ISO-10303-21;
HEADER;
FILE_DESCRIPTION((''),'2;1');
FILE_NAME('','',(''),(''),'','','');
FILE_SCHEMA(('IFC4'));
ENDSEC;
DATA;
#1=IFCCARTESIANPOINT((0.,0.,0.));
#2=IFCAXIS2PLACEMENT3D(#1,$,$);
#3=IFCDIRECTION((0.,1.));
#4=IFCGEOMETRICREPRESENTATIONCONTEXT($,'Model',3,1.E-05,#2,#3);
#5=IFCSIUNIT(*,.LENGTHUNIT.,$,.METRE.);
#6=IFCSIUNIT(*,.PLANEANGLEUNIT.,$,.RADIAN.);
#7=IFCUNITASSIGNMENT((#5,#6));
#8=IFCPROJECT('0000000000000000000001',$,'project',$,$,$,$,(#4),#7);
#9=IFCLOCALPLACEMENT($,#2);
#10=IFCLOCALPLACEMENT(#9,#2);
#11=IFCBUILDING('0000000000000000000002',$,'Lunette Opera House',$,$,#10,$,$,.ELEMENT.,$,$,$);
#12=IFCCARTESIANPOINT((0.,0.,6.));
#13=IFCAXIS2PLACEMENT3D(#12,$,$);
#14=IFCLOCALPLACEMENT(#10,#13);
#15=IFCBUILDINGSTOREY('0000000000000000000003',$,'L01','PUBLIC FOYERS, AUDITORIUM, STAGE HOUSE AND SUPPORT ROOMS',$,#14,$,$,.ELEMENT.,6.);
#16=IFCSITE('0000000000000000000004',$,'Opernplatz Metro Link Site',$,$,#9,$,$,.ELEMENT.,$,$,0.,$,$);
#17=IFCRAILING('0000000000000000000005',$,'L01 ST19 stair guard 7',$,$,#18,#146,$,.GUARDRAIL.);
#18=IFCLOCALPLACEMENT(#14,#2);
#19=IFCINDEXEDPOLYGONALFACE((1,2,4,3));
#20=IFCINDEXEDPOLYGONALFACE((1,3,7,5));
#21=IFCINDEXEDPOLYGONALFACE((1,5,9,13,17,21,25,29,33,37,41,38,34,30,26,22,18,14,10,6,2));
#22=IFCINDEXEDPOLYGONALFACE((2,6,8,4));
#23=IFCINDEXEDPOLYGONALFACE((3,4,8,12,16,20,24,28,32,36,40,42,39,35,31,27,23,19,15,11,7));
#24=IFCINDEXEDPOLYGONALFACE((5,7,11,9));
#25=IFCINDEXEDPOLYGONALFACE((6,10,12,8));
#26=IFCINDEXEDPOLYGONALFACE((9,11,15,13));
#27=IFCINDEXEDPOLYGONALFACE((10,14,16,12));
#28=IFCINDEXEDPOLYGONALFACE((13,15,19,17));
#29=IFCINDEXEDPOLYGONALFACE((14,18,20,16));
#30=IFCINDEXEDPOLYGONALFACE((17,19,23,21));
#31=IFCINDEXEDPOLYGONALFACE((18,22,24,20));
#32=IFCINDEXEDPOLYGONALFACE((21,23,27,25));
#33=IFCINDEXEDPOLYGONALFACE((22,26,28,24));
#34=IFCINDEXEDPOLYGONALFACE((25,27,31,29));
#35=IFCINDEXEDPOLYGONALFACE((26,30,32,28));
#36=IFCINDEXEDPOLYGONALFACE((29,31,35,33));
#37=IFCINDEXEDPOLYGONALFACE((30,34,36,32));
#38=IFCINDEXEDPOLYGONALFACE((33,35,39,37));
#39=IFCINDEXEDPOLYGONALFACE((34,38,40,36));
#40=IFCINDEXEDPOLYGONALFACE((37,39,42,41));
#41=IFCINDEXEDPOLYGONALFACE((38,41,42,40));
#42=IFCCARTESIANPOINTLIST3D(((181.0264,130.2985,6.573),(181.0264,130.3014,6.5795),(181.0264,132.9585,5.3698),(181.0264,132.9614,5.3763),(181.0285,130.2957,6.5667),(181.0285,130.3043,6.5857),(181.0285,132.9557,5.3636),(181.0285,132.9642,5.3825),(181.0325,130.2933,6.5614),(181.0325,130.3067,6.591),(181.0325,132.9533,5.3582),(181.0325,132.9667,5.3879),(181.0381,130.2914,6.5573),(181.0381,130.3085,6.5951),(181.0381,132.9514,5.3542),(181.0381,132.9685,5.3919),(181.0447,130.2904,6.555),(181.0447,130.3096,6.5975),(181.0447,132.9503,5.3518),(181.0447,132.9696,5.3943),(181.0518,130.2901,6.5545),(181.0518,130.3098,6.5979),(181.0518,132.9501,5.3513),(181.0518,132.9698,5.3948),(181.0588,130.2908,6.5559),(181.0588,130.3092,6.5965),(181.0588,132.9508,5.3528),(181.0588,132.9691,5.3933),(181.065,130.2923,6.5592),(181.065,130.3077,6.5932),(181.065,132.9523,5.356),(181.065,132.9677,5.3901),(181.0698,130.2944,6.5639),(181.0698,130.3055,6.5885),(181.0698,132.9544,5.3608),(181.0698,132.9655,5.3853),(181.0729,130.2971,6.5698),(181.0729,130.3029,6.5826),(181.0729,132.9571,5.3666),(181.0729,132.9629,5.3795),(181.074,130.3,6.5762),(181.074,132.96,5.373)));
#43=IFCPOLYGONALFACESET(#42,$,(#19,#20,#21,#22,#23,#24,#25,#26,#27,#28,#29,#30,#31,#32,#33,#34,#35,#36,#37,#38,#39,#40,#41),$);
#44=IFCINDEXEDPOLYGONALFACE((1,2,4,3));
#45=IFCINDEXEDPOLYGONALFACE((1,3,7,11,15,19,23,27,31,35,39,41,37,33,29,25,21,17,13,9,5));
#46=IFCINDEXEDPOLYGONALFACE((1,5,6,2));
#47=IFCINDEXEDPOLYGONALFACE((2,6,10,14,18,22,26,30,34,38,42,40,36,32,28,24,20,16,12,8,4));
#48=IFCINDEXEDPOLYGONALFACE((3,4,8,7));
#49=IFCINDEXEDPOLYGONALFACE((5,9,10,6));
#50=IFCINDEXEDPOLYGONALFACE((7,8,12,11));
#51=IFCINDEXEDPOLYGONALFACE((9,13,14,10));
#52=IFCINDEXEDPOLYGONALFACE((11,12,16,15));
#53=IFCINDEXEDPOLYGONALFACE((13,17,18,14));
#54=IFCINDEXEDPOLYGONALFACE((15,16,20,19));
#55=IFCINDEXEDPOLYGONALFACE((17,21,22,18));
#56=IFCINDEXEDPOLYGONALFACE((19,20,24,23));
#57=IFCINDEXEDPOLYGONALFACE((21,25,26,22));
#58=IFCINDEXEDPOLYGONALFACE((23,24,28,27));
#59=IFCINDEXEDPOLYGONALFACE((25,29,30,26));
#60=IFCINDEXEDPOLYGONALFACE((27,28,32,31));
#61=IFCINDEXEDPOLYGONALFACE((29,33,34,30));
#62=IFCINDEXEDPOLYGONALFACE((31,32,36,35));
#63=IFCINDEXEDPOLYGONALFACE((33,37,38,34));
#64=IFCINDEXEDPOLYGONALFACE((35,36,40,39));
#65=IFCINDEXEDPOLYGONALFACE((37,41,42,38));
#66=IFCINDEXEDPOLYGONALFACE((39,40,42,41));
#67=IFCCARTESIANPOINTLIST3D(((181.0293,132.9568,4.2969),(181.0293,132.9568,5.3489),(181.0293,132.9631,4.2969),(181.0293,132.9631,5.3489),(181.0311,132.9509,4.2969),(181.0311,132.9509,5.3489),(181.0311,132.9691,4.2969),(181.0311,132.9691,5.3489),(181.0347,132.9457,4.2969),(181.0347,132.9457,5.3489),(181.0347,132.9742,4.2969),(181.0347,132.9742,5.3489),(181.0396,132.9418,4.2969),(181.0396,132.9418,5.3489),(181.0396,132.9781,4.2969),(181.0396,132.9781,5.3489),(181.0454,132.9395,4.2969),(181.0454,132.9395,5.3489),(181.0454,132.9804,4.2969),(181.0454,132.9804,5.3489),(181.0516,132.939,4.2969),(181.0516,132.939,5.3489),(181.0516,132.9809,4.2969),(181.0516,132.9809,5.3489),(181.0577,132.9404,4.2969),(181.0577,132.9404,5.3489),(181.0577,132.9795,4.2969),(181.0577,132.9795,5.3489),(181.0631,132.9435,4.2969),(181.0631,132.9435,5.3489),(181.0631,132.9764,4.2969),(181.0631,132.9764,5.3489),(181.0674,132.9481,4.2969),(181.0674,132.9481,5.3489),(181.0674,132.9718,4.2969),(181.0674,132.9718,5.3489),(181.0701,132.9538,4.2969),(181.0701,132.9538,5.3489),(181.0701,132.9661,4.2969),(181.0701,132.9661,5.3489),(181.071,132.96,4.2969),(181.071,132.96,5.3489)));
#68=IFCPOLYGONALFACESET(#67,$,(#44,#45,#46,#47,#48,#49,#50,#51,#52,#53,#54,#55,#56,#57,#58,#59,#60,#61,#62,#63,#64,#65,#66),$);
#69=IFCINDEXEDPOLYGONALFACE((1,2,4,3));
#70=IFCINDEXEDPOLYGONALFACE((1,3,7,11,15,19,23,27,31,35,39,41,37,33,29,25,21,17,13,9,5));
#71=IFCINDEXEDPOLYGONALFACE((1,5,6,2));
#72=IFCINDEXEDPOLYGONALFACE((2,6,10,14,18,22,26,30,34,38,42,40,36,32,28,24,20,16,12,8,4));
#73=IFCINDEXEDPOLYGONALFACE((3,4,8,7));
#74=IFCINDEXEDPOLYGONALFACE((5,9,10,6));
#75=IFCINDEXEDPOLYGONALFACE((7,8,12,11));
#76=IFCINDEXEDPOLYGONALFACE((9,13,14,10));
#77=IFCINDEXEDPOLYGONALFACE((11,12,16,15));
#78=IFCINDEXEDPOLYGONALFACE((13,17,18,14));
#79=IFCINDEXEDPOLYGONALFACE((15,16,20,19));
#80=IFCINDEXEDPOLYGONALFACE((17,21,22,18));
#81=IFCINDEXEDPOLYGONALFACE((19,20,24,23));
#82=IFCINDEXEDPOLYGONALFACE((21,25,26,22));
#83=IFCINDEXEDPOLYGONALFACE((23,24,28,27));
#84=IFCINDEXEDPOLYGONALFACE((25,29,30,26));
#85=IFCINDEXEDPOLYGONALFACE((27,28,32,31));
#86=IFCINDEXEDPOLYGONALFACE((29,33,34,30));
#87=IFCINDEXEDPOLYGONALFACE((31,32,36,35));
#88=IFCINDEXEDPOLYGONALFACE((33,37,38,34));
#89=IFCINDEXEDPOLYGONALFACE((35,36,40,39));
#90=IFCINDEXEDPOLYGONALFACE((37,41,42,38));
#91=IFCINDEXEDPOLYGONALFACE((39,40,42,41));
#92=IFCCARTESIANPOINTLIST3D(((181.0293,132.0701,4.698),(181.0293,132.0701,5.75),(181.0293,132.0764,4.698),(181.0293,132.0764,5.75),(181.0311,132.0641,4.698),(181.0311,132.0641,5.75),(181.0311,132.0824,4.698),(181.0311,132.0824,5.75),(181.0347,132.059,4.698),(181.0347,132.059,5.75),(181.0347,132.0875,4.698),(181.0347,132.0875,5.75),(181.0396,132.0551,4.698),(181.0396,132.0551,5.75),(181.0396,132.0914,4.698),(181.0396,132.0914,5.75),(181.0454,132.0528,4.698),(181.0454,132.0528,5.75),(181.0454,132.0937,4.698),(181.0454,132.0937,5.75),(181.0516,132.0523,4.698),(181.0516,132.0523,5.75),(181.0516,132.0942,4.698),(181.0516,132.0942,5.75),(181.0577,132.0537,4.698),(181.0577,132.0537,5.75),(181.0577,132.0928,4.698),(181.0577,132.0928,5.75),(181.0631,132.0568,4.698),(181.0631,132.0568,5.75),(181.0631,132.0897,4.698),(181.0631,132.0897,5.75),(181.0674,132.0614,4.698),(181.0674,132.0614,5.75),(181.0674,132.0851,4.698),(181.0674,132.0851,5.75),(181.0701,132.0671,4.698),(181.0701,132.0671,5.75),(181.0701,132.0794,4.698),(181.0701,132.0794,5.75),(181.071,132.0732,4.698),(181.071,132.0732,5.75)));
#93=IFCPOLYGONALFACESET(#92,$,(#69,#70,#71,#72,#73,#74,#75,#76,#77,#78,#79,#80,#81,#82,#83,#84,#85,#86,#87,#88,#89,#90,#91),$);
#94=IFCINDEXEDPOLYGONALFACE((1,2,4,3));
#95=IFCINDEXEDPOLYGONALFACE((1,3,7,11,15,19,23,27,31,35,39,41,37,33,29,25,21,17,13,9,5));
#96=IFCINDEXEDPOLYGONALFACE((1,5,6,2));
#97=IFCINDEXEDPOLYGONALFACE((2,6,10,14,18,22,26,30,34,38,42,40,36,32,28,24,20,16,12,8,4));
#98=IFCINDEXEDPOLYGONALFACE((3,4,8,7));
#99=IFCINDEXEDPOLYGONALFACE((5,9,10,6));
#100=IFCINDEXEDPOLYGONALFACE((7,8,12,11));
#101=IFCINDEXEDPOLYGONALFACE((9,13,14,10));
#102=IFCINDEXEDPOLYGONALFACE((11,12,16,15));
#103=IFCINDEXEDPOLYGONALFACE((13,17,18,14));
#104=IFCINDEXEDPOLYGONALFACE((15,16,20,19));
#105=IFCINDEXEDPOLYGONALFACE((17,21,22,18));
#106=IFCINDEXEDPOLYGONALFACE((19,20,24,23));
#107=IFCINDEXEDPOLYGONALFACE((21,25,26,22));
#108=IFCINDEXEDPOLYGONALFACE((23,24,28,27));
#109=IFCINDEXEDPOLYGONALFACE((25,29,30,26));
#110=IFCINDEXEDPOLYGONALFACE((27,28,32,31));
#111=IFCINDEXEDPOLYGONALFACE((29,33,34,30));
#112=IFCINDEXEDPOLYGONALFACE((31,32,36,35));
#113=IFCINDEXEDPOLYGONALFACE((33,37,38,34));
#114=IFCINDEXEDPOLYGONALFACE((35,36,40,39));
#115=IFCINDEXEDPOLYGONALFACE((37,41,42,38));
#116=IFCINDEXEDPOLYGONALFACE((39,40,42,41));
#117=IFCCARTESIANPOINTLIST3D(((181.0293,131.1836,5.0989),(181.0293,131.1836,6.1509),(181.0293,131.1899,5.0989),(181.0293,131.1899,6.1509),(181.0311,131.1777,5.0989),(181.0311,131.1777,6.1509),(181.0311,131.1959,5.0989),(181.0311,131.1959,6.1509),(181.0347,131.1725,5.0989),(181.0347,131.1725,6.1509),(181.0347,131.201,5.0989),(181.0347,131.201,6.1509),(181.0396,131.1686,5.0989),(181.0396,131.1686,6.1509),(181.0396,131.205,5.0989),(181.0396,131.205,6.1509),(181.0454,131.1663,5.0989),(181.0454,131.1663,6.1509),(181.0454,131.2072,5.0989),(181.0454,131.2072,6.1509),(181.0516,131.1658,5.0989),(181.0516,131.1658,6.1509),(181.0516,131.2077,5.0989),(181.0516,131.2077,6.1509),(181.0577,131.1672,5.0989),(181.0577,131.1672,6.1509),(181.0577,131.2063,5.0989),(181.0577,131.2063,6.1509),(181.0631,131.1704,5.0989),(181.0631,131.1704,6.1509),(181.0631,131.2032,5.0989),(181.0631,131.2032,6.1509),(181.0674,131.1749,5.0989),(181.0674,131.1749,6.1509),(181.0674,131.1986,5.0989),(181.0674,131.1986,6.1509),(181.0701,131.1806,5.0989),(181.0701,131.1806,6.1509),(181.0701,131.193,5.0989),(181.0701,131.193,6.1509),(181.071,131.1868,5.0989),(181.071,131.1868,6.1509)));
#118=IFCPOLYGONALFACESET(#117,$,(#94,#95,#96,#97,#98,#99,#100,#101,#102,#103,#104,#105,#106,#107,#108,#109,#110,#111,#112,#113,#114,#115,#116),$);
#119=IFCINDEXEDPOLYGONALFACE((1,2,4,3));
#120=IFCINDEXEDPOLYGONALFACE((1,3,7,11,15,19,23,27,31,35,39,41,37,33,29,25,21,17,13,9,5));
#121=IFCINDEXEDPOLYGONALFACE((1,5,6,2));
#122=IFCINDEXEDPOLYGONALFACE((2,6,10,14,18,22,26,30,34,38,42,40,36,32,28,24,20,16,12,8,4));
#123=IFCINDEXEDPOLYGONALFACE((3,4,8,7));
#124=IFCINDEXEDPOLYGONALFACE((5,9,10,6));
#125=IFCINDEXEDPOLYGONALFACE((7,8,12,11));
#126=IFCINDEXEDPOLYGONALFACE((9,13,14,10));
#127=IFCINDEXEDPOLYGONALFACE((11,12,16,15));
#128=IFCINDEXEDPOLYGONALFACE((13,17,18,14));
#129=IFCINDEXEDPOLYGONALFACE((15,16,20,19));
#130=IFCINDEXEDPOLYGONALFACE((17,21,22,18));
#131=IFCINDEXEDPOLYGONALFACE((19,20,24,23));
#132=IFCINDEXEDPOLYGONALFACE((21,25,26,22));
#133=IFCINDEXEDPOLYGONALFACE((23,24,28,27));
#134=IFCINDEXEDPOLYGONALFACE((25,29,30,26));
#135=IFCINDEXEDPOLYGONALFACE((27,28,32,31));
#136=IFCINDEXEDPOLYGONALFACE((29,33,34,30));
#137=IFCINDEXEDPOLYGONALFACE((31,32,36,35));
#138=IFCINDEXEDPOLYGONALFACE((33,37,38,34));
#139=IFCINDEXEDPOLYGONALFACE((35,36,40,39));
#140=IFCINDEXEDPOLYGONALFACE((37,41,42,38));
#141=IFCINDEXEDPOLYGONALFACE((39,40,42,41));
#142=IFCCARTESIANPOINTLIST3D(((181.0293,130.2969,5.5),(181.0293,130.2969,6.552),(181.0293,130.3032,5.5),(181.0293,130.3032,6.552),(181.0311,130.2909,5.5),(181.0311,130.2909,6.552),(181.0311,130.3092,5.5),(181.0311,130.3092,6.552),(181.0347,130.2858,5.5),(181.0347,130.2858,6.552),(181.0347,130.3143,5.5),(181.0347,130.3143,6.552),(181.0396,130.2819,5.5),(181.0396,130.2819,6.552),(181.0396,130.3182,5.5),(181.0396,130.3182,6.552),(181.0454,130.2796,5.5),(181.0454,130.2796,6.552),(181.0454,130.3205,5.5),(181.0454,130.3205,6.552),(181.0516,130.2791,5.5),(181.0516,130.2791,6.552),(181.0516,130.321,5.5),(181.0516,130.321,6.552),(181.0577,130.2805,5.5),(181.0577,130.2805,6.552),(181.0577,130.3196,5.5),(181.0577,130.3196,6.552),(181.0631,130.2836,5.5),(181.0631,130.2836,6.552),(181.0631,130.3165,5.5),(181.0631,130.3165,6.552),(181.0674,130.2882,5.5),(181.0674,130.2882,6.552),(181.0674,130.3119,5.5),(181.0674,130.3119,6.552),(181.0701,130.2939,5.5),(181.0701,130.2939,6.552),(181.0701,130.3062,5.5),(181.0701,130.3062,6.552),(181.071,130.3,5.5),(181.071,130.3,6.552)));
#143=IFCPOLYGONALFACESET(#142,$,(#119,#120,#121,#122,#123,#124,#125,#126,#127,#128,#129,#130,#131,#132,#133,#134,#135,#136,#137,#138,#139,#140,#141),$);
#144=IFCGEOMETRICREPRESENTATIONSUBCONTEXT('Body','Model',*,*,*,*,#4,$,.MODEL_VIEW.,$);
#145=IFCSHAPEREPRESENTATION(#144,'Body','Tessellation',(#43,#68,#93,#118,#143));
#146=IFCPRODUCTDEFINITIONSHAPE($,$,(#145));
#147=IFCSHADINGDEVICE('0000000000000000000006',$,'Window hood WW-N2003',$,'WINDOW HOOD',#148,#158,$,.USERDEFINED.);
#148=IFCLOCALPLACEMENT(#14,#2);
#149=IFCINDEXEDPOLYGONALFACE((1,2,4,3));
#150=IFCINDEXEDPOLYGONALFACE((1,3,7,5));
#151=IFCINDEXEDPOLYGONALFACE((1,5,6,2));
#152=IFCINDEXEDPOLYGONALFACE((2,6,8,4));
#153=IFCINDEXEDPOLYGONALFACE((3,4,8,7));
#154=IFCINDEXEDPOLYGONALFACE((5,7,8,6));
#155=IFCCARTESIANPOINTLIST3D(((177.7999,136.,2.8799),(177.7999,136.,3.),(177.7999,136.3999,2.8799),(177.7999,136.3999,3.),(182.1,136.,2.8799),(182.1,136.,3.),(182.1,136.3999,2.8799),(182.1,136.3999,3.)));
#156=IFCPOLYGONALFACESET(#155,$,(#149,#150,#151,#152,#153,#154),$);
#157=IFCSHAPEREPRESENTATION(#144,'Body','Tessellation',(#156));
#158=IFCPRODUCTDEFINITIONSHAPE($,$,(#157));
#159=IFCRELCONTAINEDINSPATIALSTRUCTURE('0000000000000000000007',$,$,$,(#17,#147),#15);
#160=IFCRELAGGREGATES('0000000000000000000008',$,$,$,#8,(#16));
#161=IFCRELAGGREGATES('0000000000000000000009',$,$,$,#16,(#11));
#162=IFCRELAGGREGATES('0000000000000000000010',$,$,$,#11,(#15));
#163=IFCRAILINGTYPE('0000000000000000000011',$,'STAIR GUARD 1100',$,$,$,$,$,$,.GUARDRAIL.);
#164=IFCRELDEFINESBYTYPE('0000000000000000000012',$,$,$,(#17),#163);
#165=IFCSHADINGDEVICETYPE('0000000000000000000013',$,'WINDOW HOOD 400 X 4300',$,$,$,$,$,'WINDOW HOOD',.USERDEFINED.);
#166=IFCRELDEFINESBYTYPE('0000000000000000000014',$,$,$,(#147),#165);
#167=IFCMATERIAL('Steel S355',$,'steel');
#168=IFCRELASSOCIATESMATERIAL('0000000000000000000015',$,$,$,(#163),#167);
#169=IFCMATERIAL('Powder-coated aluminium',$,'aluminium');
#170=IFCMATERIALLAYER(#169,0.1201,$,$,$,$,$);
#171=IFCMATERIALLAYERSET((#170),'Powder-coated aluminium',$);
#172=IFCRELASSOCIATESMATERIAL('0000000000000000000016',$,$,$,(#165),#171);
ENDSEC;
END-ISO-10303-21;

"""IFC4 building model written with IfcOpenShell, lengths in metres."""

from ifc_helpers import new_model, si_unit, direction, frame, origin, origin_2d, place, context, subcontext, project, spatial, rectangle, circle, extrude, material, layer, layer_set, type_object, element, save


model = new_model("IFC4")

# Units and contexts
model_context = context("Model", 3, precision=1e-05, world=origin(), true_north=direction((0.0, 1.0)))
body_context = subcontext(model_context, "Body", "Model", "MODEL_VIEW")
ifc_project = project(units=[si_unit("LENGTHUNIT", "METRE"), si_unit("PLANEANGLEUNIT", "RADIAN")], contexts=[model_context])

# Site, building, storey
site_placement = place(None, origin())
site = spatial("IfcSite", under=ifc_project, at=site_placement, Name="Opernplatz Metro Link Site", CompositionType="ELEMENT", RefElevation=0.0)
building_placement = place(site_placement, origin())
building = spatial("IfcBuilding", under=site, at=building_placement, Name="Lunette Opera House", CompositionType="ELEMENT")
storey_placement = place(building_placement, frame((0.0, 0.0, 6.0)))
storey = spatial("IfcBuildingStorey", under=building, at=storey_placement, Name="L01", Description="PUBLIC FOYERS, AUDITORIUM, STAGE HOUSE AND SUPPORT ROOMS", CompositionType="ELEMENT", Elevation=6.0)

# Railing
ifc_material_1 = material(Name="Steel S355", Category="steel")
railing_type = type_object("IfcRailingType", Name="STAIR GUARD 1100", PredefinedType="GUARDRAIL", material=ifc_material_1)
railing_1_placement = place(storey_placement, frame((181.05, 132.96, 4.2969)))
element("IfcRailing", 1, at=railing_1_placement, inside=storey, type_object=railing_type, Name="L01 ST19 stair guard 7", PredefinedType="GUARDRAIL", context=body_context, shape_type="SweptSolid", body=[
    extrude(circle(Radius=0.0239, at=origin_2d()), frame((0.0, 0.0, 1.0762), z_axis=(0.0, -0.91113, 0.41212), x_axis=(1.0, 0.0, 0.0)), (0.0, 0.0, 1.0), 2.9194),
    extrude(circle(Radius=0.021, at=origin_2d()), origin(), (0.0, 0.0, 1.0), 1.052),
    extrude(circle(Radius=0.021, at=origin_2d()), frame((0.0, -0.8867, 0.4011)), (0.0, 0.0, 1.0), 1.052),
    extrude(circle(Radius=0.021, at=origin_2d()), frame((0.0, -1.7732, 0.802)), (0.0, 0.0, 1.0), 1.052),
    extrude(circle(Radius=0.021, at=origin_2d()), frame((0.0, -2.6599, 1.2031)), (0.0, 0.0, 1.0), 1.052),
])

# Shading device
ifc_material_2 = material(Name="Powder-coated aluminium", Category="aluminium")
ifc_layer_1 = layer(ifc_material_2, 0.1201)
ifc_layer_set_1 = layer_set([ifc_layer_1], Name="Powder-coated aluminium")
shading_device_type = type_object("IfcShadingDeviceType", Name="WINDOW HOOD 400 X 4300", ElementType="WINDOW HOOD", PredefinedType="USERDEFINED", material=ifc_layer_set_1)
shading_device_placement = place(storey_placement, frame((179.95, 136.2, 2.8799), z_axis=(0.0, 0.0, 1.0), x_axis=(0.0, 1.0, 0.0)))
element("IfcShadingDevice", 2, at=shading_device_placement, inside=storey, type_object=shading_device_type, Name="Window hood WW-N2003", ObjectType="WINDOW HOOD", PredefinedType="USERDEFINED", context=body_context, shape_type="SweptSolid", body=[
    extrude(rectangle(XDim=0.3999, YDim=4.3, at=origin_2d()), origin(), (0.0, 0.0, 1.0), 0.1201),
])

save(model, "model.ifc")
